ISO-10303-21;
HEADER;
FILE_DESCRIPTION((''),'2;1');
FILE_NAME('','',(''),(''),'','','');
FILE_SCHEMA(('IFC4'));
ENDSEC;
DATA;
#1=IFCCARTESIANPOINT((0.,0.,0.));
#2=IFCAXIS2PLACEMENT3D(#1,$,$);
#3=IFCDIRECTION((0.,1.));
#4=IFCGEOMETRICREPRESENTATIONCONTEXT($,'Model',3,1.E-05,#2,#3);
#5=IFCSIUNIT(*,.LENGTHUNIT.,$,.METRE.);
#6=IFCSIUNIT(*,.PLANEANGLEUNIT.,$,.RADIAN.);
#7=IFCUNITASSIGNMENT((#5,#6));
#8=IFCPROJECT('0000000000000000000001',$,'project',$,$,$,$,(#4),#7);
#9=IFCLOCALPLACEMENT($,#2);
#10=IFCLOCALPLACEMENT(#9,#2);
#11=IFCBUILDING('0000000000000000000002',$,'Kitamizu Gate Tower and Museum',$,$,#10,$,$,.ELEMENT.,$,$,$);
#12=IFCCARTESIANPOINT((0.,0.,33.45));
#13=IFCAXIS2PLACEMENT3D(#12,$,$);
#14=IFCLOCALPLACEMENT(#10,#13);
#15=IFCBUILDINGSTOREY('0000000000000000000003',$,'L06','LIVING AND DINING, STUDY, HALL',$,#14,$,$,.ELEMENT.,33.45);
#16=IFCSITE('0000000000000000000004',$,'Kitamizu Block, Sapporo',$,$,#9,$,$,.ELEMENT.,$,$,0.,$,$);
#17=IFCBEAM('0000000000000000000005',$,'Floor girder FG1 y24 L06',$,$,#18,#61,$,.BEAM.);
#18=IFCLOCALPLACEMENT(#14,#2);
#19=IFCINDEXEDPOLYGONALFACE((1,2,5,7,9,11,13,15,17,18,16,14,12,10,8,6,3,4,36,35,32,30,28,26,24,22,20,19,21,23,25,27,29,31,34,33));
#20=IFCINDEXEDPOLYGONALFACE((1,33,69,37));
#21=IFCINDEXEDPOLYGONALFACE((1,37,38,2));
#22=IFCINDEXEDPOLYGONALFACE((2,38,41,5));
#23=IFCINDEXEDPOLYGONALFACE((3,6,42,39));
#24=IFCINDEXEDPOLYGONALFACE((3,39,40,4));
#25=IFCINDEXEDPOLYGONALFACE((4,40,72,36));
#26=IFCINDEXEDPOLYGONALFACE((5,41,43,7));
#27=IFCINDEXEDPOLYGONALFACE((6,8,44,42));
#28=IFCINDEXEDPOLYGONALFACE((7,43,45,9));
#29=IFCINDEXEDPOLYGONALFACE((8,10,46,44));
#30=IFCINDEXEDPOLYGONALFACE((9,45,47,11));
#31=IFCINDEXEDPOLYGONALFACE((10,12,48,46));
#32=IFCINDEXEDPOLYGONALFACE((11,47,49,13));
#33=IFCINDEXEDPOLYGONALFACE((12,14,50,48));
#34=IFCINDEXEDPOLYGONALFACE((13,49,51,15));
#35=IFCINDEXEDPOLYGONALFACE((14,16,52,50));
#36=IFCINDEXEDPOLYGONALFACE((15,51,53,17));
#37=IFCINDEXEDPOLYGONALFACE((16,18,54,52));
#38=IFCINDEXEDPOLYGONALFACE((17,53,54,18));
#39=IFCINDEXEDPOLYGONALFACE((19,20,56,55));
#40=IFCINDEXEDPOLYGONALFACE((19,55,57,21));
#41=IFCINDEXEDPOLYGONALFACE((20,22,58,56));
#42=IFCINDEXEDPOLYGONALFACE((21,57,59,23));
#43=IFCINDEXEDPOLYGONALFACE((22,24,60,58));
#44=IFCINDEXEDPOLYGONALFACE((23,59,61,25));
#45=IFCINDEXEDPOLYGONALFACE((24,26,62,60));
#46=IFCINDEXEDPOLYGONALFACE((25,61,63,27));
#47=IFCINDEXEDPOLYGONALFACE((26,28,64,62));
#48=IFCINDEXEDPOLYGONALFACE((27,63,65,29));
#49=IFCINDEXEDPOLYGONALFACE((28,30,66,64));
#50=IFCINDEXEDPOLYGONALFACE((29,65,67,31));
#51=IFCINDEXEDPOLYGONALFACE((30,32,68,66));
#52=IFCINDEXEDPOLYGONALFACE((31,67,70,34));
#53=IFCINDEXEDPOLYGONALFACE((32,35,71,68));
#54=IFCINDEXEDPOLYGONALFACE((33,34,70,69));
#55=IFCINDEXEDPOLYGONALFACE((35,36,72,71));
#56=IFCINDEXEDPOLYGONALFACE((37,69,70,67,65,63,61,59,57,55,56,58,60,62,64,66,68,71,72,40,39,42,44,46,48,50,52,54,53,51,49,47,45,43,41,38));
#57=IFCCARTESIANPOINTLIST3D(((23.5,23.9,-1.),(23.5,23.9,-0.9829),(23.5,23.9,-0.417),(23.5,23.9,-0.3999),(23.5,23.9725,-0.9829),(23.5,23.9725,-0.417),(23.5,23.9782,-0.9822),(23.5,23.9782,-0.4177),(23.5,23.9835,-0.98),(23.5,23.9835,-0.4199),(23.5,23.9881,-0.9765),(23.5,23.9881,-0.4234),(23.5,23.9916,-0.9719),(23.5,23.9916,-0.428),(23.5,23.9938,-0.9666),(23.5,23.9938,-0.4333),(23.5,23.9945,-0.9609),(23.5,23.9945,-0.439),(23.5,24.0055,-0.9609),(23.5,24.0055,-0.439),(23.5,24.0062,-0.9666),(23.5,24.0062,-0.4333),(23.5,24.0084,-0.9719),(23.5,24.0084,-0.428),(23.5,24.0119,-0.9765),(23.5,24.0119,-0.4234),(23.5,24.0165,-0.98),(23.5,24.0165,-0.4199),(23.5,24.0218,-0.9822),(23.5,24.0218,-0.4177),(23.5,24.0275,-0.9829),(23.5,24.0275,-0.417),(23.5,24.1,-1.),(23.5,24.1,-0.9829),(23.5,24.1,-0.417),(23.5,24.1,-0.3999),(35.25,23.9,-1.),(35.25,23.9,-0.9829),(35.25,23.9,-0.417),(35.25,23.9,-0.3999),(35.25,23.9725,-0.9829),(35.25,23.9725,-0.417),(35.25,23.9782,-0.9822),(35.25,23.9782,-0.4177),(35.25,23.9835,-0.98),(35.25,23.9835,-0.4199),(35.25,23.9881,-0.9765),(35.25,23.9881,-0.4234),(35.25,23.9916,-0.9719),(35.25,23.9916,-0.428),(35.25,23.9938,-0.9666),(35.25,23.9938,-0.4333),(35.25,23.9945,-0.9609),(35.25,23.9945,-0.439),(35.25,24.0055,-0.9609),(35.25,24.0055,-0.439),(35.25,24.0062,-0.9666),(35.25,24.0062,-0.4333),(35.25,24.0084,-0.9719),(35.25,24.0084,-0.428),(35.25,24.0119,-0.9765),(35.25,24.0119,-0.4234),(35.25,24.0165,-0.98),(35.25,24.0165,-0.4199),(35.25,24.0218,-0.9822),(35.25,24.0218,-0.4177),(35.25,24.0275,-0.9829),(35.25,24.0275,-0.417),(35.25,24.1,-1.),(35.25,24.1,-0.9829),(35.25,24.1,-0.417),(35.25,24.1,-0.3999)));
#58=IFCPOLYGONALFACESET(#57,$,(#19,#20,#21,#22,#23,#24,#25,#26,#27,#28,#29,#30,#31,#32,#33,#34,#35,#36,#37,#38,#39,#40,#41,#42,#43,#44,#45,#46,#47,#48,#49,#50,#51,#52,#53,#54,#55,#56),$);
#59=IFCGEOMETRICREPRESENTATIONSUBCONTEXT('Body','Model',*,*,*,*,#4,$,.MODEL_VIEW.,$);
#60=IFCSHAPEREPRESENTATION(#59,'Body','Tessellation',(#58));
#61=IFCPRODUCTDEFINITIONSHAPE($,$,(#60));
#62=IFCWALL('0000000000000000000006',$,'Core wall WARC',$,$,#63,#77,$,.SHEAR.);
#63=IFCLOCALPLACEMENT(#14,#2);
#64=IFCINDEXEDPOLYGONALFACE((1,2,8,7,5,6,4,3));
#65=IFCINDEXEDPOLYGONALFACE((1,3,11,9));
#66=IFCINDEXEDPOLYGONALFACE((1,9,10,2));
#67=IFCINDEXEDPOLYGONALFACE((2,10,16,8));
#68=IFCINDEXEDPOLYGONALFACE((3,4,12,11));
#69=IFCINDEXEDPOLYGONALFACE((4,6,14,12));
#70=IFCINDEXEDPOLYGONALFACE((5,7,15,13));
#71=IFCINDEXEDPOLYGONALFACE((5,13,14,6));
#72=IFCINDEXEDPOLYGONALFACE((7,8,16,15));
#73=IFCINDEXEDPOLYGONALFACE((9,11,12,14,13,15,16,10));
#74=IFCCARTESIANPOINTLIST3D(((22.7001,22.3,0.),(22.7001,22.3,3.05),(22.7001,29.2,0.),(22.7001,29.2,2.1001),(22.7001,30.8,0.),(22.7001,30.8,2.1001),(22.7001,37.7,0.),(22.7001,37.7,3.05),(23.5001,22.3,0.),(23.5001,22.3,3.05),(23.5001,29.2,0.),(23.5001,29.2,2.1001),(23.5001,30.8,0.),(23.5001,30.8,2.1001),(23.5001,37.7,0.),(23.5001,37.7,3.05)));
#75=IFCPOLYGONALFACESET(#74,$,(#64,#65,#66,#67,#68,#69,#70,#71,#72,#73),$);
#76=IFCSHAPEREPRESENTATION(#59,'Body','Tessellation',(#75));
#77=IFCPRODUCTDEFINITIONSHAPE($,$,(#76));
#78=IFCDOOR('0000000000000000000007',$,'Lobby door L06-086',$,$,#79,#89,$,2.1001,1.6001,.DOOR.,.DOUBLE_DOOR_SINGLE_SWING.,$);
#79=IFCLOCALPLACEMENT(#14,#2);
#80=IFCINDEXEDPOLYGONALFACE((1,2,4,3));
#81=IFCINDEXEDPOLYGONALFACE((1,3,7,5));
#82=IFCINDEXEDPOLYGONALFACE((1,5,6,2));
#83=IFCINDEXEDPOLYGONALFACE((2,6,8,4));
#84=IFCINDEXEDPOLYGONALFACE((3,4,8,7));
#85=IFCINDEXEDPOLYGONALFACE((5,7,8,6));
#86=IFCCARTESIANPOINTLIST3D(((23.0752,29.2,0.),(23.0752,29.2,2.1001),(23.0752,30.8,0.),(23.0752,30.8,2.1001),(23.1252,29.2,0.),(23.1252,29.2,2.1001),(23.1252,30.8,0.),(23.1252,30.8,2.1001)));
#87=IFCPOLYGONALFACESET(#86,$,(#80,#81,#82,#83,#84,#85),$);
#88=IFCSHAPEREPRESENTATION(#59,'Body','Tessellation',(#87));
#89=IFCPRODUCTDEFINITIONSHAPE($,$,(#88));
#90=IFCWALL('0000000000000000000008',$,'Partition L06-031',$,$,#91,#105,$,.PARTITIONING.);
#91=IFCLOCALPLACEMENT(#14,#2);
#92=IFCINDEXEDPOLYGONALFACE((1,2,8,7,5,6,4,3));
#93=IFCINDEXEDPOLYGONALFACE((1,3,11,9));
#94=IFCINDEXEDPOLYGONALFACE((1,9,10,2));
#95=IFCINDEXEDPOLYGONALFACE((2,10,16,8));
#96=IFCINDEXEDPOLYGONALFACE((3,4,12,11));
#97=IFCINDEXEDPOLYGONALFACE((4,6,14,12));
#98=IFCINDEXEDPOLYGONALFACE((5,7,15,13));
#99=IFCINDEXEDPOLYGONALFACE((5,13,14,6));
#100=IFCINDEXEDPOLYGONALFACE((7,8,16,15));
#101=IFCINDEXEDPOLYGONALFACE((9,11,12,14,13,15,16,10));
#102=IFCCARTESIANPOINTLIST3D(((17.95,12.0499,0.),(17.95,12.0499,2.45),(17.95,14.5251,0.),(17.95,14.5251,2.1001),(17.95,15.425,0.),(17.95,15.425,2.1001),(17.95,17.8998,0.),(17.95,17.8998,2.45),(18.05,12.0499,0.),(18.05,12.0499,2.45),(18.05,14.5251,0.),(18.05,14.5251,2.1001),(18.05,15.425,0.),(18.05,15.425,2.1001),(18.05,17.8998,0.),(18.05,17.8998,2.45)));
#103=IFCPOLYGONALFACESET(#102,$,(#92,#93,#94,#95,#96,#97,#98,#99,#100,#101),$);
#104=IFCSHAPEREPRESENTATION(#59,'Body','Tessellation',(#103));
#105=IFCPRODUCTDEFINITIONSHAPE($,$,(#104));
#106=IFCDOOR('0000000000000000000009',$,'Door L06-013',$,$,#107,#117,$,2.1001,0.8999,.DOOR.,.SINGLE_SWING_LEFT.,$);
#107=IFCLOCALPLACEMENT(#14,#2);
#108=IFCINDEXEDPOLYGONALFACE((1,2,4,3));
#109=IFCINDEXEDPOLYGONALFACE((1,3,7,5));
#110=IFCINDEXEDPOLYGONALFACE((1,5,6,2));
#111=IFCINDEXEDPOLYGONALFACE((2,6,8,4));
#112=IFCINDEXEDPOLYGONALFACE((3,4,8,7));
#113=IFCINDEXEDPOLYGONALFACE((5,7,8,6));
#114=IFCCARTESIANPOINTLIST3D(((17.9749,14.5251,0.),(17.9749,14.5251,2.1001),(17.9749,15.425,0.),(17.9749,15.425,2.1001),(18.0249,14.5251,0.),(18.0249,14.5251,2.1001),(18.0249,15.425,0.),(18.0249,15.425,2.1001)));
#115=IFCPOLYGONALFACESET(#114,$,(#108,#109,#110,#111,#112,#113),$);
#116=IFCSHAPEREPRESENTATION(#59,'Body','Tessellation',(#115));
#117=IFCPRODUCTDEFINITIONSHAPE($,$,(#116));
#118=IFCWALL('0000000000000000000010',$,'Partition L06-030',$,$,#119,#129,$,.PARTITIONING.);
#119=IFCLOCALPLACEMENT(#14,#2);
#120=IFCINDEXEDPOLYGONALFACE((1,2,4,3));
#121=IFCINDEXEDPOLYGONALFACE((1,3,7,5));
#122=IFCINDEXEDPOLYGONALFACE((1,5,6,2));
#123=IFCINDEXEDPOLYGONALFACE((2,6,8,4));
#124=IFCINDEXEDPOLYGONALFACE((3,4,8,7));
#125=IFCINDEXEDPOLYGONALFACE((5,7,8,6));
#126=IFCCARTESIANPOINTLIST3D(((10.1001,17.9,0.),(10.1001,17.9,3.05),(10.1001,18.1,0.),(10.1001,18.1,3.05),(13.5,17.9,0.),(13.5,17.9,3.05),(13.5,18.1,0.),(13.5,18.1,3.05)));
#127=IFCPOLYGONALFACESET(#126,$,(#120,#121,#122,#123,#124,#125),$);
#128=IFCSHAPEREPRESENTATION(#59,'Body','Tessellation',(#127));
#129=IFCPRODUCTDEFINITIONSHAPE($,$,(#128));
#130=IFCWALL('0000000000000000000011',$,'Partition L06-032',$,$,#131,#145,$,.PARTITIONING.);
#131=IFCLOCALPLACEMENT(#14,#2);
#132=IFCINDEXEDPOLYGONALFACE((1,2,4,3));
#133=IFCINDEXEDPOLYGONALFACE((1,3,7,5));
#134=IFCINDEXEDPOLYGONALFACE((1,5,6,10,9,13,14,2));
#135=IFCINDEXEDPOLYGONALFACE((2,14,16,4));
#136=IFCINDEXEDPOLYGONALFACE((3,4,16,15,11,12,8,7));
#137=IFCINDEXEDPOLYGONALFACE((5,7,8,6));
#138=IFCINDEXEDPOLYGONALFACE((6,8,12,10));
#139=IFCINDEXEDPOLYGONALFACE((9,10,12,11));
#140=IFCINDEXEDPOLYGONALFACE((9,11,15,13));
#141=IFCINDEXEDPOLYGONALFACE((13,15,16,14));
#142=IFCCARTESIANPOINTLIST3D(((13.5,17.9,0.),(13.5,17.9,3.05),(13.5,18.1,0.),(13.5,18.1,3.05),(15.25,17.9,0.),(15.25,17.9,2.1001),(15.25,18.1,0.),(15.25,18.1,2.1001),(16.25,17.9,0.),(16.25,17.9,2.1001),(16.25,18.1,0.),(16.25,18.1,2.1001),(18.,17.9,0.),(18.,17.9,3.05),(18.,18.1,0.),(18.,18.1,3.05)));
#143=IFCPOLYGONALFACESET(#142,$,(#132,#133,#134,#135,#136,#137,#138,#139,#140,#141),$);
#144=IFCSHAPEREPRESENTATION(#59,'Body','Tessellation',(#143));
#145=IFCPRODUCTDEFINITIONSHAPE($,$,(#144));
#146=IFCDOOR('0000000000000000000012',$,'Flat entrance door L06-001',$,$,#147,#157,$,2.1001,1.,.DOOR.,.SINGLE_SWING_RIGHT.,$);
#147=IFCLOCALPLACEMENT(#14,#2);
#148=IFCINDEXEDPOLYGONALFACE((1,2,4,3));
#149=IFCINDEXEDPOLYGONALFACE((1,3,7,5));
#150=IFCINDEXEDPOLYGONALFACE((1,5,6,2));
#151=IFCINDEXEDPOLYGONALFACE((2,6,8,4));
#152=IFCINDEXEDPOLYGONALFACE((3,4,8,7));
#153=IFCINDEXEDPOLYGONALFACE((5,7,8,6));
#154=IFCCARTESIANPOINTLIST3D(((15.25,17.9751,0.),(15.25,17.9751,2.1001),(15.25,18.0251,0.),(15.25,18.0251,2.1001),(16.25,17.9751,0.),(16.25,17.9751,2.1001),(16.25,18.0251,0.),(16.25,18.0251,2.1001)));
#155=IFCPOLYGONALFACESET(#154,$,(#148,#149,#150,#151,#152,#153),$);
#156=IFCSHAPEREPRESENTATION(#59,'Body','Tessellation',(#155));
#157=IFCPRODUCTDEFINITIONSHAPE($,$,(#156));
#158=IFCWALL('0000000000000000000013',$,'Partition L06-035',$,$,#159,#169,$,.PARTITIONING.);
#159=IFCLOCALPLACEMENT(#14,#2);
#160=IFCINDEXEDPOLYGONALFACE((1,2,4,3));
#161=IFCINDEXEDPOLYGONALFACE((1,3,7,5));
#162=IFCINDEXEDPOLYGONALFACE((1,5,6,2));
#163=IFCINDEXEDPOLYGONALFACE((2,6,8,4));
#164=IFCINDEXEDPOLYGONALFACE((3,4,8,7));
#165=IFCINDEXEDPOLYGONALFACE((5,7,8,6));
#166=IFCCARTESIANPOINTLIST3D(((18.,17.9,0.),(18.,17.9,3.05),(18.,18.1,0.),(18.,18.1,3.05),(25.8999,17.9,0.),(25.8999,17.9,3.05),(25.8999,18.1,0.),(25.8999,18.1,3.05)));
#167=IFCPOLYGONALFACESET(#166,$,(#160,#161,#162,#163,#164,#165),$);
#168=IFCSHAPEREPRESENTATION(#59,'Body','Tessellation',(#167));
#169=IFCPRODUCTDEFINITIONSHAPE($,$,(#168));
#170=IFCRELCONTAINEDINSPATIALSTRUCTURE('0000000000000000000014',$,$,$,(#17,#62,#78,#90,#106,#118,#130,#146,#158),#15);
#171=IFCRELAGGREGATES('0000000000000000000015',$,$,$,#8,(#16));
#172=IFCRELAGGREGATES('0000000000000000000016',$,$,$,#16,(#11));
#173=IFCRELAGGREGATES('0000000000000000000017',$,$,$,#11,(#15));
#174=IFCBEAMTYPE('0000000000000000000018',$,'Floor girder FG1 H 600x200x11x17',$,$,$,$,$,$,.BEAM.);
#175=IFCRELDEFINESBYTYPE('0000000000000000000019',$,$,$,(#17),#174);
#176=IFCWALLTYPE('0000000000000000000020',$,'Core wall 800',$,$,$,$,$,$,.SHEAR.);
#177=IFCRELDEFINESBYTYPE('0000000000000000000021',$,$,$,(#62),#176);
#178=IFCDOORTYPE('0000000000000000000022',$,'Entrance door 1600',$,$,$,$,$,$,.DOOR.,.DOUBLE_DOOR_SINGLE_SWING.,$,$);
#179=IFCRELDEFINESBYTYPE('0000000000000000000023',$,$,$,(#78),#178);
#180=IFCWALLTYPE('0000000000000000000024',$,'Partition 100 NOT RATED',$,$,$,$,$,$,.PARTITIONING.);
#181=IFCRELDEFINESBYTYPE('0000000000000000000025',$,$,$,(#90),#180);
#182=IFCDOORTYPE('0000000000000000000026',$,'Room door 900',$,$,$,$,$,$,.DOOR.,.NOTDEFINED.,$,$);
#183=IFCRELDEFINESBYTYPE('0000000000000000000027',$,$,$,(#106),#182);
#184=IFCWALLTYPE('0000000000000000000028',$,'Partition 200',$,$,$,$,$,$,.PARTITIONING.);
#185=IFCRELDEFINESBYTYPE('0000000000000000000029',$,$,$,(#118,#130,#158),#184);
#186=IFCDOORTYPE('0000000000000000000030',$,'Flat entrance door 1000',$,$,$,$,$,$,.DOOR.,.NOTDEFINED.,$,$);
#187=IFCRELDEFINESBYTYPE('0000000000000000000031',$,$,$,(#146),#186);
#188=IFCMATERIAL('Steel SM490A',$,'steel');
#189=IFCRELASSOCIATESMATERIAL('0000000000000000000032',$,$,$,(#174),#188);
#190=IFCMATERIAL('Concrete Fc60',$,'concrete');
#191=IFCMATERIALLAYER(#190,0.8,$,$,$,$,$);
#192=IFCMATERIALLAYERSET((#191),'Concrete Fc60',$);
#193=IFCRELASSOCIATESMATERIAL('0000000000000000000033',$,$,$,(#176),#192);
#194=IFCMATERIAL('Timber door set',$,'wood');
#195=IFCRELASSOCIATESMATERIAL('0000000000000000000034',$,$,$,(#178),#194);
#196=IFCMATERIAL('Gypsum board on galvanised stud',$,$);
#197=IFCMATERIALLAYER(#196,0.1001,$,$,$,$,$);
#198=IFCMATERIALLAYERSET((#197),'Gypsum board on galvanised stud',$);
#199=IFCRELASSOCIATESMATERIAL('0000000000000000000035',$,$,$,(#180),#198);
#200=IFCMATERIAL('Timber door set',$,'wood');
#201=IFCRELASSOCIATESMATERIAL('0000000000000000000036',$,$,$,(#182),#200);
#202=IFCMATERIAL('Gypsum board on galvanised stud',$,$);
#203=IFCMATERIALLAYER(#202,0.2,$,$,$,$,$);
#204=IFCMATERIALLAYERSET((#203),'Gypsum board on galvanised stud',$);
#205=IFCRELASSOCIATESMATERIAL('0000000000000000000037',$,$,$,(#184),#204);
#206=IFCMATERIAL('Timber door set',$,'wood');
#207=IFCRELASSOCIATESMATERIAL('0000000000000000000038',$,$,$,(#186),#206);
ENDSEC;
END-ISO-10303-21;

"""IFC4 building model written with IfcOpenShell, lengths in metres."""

from ifc_helpers import new_model, si_unit, direction, frame, frame_2d, origin, origin_2d, place, context, subcontext, project, spatial, rectangle, i_section, extrude, material, layer, layer_set, material_profile, profile_set, type_object, element, fill, save


model = new_model("IFC4")

# Units and contexts
model_context = context("Model", 3, precision=1e-05, world=origin(), true_north=direction((0.0, 1.0)))
body_context = subcontext(model_context, "Body", "Model", "MODEL_VIEW")
ifc_project = project(units=[si_unit("LENGTHUNIT", "METRE"), si_unit("PLANEANGLEUNIT", "RADIAN")], contexts=[model_context])

# Site, building, storey
site_placement = place(None, origin())
site = spatial("IfcSite", under=ifc_project, at=site_placement, Name="Kitamizu Block, Sapporo", CompositionType="ELEMENT", RefElevation=0.0)
building_placement = place(site_placement, origin())
building = spatial("IfcBuilding", under=site, at=building_placement, Name="Kitamizu Gate Tower and Museum", CompositionType="ELEMENT")
storey_placement = place(building_placement, frame((0.0, 0.0, 33.45)))
storey = spatial("IfcBuildingStorey", under=building, at=storey_placement, Name="L06", Description="LIVING AND DINING, STUDY, HALL", CompositionType="ELEMENT", Elevation=33.45)

# Beam
ifc_material_1 = material(Name="Steel SM490A", Category="steel")
ifc_material_profile = material_profile(ifc_material_1, i_section(OverallWidth=0.2, OverallDepth=0.6001, WebThickness=0.011, FlangeThickness=0.0171, FilletRadius=0.022, at=origin_2d()), Name="H-600x200x11x17")
ifc_profile_set = profile_set([ifc_material_profile], Name="Steel SM490A")
beam_type = type_object("IfcBeamType", Name="Floor girder FG1 H 600x200x11x17", PredefinedType="BEAM", material=ifc_profile_set)
beam_placement = place(storey_placement, frame((23.5, 24.0, -0.7), z_axis=(1.0, 0.0, 0.0), x_axis=(0.0, 1.0, 0.0)))
element("IfcBeam", 1, at=beam_placement, inside=storey, type_object=beam_type, Name="Floor girder FG1 y24 L06", PredefinedType="BEAM", context=body_context, shape_type="SweptSolid", body=[
    extrude(i_section(OverallWidth=0.2, OverallDepth=0.6001, WebThickness=0.011, FlangeThickness=0.0171, FilletRadius=0.022, at=origin_2d()), origin(), (0.0, 0.0, 1.0), 11.75),
])

# Walls, openings, doors
ifc_material_2 = material(Name="Concrete Fc60", Category="concrete")
ifc_layer_1 = layer(ifc_material_2, 0.8)
ifc_layer_set_1 = layer_set([ifc_layer_1], Name="Concrete Fc60")
wall_type_1 = type_object("IfcWallType", Name="Core wall 800", PredefinedType="SHEAR", material=ifc_layer_set_1)
wall_1_placement = place(storey_placement, frame((23.1001, 22.3, 0.0), z_axis=(0.0, 0.0, 1.0), x_axis=(0.0, 1.0, 0.0)))
wall_1 = element("IfcWall", 2, at=wall_1_placement, inside=storey, type_object=wall_type_1, Name="Core wall WARC", PredefinedType="SHEAR", context=body_context, shape_type="SweptSolid", body=[
    extrude(rectangle(XDim=15.3999, YDim=0.8, at=frame_2d((7.7, 0.0))), origin(), (0.0, 0.0, 1.0), 3.05),
])
opening_1_placement = place(wall_1_placement, frame((6.8999, 0.0, 0.0)))
opening_1 = element("IfcOpeningElement", 3, at=opening_1_placement, cuts=wall_1, PredefinedType="OPENING", context=body_context, shape_type="SweptSolid", body=[
    extrude(rectangle(XDim=1.6001, YDim=2.1001, at=frame_2d((0.8, 1.05))), frame((0.0, 0.4102, 0.0), z_axis=(0.0, -1.0, 0.0), x_axis=(1.0, 0.0, 0.0)), (0.0, 0.0, 1.0), 0.8201),
])
ifc_material_3 = material(Name="Timber door set", Category="wood")
door_type_1 = type_object("IfcDoorType", Name="Entrance door 1600", OperationType="DOUBLE_DOOR_SINGLE_SWING", PredefinedType="DOOR", material=ifc_material_3)
door_1_placement = place(opening_1_placement, origin())
door_1 = element("IfcDoor", 4, at=door_1_placement, inside=storey, type_object=door_type_1, Name="Lobby door L06-086", OperationType="DOUBLE_DOOR_SINGLE_SWING", OverallHeight=2.1001, OverallWidth=1.6001, PredefinedType="DOOR", context=body_context, shape_type="SweptSolid", body=[
    extrude(rectangle(XDim=1.6001, YDim=2.1001, at=frame_2d((0.8, 1.05))), frame((0.0, 0.0249, 0.0), z_axis=(0.0, -1.0, 0.0), x_axis=(1.0, 0.0, 0.0)), (0.0, 0.0, 1.0), 0.05),
])
fill(opening_1, door_1)
ifc_material_4 = material(Name="Gypsum board on galvanised stud")
ifc_layer_2 = layer(ifc_material_4, 0.1001)
ifc_layer_set_2 = layer_set([ifc_layer_2], Name="Gypsum board on galvanised stud")
wall_type_2 = type_object("IfcWallType", Name="Partition 100 NOT RATED", PredefinedType="PARTITIONING", material=ifc_layer_set_2)
wall_2_placement = place(storey_placement, frame((18.0, 12.05, 0.0), z_axis=(0.0, 0.0, 1.0), x_axis=(0.0, 1.0, 0.0)))
wall_2 = element("IfcWall", 5, at=wall_2_placement, inside=storey, type_object=wall_type_2, Name="Partition L06-031", PredefinedType="PARTITIONING", context=body_context, shape_type="SweptSolid", body=[
    extrude(rectangle(XDim=5.8499, YDim=0.1001, at=frame_2d((2.9248, 0.0))), origin(), (0.0, 0.0, 1.0), 2.45),
])
opening_2_placement = place(wall_2_placement, frame((2.4751, 0.0, 0.0)))
opening_2 = element("IfcOpeningElement", 6, at=opening_2_placement, cuts=wall_2, PredefinedType="OPENING", context=body_context, shape_type="SweptSolid", body=[
    extrude(rectangle(XDim=0.8999, YDim=2.1001, at=frame_2d((0.45, 1.05))), frame((0.0, 0.0601, 0.0), z_axis=(0.0, -1.0, 0.0), x_axis=(1.0, 0.0, 0.0)), (0.0, 0.0, 1.0), 0.1201),
])
ifc_material_5 = material(Name="Timber door set", Category="wood")
door_type_2 = type_object("IfcDoorType", Name="Room door 900", OperationType="NOTDEFINED", PredefinedType="DOOR", material=ifc_material_5)
door_2_placement = place(opening_2_placement, frame((0.8999, 0.0, 0.0), x_axis=(-1.0, 0.0, 0.0)))
door_2 = element("IfcDoor", 7, at=door_2_placement, inside=storey, type_object=door_type_2, Name="Door L06-013", OperationType="SINGLE_SWING_LEFT", OverallHeight=2.1001, OverallWidth=0.8999, PredefinedType="DOOR", context=body_context, shape_type="SweptSolid", body=[
    extrude(rectangle(XDim=0.8999, YDim=2.1001, at=frame_2d((0.45, 1.05))), frame((0.0, 0.0249, 0.0), z_axis=(0.0, -1.0, 0.0), x_axis=(1.0, 0.0, 0.0)), (0.0, 0.0, 1.0), 0.05),
])
fill(opening_2, door_2)

# Wall
ifc_material_6 = material(Name="Gypsum board on galvanised stud")
ifc_layer_3 = layer(ifc_material_6, 0.2)
ifc_layer_set_3 = layer_set([ifc_layer_3], Name="Gypsum board on galvanised stud")
wall_type_3 = type_object("IfcWallType", Name="Partition 200", PredefinedType="PARTITIONING", material=ifc_layer_set_3)
wall_3_placement = place(storey_placement, frame((13.5, 18.0, 0.0), z_axis=(0.0, 0.0, 1.0), x_axis=(-1.0, 0.0, 0.0)))
element("IfcWall", 8, at=wall_3_placement, inside=storey, type_object=wall_type_3, Name="Partition L06-030", PredefinedType="PARTITIONING", context=body_context, shape_type="SweptSolid", body=[
    extrude(rectangle(XDim=3.3999, YDim=0.2, at=frame_2d((1.7, 0.0))), origin(), (0.0, 0.0, 1.0), 3.05),
])

# Wall, opening, door
wall_4_placement = place(storey_placement, frame((18.0, 18.0, 0.0), z_axis=(0.0, 0.0, 1.0), x_axis=(-1.0, 0.0, 0.0)))
wall_4 = element("IfcWall", 9, at=wall_4_placement, inside=storey, type_object=wall_type_3, Name="Partition L06-032", PredefinedType="PARTITIONING", context=body_context, shape_type="SweptSolid", body=[
    extrude(rectangle(XDim=4.5, YDim=0.2, at=frame_2d((2.25, 0.0))), origin(), (0.0, 0.0, 1.0), 3.05),
])
opening_3_placement = place(wall_4_placement, frame((1.75, 0.0, 0.0)))
opening_3 = element("IfcOpeningElement", 10, at=opening_3_placement, cuts=wall_4, PredefinedType="OPENING", context=body_context, shape_type="SweptSolid", body=[
    extrude(rectangle(XDim=1.0, YDim=2.1001, at=frame_2d((0.5, 1.05))), frame((0.0, 0.1099, 0.0), z_axis=(0.0, -1.0, 0.0), x_axis=(1.0, 0.0, 0.0)), (0.0, 0.0, 1.0), 0.22),
])
ifc_material_7 = material(Name="Timber door set", Category="wood")
door_type_3 = type_object("IfcDoorType", Name="Flat entrance door 1000", OperationType="NOTDEFINED", PredefinedType="DOOR", material=ifc_material_7)
door_3_placement = place(opening_3_placement, origin())
door_3 = element("IfcDoor", 11, at=door_3_placement, inside=storey, type_object=door_type_3, Name="Flat entrance door L06-001", OperationType="SINGLE_SWING_RIGHT", OverallHeight=2.1001, OverallWidth=1.0, PredefinedType="DOOR", context=body_context, shape_type="SweptSolid", body=[
    extrude(rectangle(XDim=1.0, YDim=2.1001, at=frame_2d((0.5, 1.05))), frame((0.0, 0.0249, 0.0), z_axis=(0.0, -1.0, 0.0), x_axis=(1.0, 0.0, 0.0)), (0.0, 0.0, 1.0), 0.05),
])
fill(opening_3, door_3)

# Wall
wall_5_placement = place(storey_placement, frame((25.8999, 18.0, 0.0), z_axis=(0.0, 0.0, 1.0), x_axis=(-1.0, 0.0, 0.0)))
element("IfcWall", 12, at=wall_5_placement, inside=storey, type_object=wall_type_3, Name="Partition L06-035", PredefinedType="PARTITIONING", context=body_context, shape_type="SweptSolid", body=[
    extrude(rectangle(XDim=7.8999, YDim=0.2, at=frame_2d((3.95, 0.0))), origin(), (0.0, 0.0, 1.0), 3.05),
])

save(model, "model.ifc")
